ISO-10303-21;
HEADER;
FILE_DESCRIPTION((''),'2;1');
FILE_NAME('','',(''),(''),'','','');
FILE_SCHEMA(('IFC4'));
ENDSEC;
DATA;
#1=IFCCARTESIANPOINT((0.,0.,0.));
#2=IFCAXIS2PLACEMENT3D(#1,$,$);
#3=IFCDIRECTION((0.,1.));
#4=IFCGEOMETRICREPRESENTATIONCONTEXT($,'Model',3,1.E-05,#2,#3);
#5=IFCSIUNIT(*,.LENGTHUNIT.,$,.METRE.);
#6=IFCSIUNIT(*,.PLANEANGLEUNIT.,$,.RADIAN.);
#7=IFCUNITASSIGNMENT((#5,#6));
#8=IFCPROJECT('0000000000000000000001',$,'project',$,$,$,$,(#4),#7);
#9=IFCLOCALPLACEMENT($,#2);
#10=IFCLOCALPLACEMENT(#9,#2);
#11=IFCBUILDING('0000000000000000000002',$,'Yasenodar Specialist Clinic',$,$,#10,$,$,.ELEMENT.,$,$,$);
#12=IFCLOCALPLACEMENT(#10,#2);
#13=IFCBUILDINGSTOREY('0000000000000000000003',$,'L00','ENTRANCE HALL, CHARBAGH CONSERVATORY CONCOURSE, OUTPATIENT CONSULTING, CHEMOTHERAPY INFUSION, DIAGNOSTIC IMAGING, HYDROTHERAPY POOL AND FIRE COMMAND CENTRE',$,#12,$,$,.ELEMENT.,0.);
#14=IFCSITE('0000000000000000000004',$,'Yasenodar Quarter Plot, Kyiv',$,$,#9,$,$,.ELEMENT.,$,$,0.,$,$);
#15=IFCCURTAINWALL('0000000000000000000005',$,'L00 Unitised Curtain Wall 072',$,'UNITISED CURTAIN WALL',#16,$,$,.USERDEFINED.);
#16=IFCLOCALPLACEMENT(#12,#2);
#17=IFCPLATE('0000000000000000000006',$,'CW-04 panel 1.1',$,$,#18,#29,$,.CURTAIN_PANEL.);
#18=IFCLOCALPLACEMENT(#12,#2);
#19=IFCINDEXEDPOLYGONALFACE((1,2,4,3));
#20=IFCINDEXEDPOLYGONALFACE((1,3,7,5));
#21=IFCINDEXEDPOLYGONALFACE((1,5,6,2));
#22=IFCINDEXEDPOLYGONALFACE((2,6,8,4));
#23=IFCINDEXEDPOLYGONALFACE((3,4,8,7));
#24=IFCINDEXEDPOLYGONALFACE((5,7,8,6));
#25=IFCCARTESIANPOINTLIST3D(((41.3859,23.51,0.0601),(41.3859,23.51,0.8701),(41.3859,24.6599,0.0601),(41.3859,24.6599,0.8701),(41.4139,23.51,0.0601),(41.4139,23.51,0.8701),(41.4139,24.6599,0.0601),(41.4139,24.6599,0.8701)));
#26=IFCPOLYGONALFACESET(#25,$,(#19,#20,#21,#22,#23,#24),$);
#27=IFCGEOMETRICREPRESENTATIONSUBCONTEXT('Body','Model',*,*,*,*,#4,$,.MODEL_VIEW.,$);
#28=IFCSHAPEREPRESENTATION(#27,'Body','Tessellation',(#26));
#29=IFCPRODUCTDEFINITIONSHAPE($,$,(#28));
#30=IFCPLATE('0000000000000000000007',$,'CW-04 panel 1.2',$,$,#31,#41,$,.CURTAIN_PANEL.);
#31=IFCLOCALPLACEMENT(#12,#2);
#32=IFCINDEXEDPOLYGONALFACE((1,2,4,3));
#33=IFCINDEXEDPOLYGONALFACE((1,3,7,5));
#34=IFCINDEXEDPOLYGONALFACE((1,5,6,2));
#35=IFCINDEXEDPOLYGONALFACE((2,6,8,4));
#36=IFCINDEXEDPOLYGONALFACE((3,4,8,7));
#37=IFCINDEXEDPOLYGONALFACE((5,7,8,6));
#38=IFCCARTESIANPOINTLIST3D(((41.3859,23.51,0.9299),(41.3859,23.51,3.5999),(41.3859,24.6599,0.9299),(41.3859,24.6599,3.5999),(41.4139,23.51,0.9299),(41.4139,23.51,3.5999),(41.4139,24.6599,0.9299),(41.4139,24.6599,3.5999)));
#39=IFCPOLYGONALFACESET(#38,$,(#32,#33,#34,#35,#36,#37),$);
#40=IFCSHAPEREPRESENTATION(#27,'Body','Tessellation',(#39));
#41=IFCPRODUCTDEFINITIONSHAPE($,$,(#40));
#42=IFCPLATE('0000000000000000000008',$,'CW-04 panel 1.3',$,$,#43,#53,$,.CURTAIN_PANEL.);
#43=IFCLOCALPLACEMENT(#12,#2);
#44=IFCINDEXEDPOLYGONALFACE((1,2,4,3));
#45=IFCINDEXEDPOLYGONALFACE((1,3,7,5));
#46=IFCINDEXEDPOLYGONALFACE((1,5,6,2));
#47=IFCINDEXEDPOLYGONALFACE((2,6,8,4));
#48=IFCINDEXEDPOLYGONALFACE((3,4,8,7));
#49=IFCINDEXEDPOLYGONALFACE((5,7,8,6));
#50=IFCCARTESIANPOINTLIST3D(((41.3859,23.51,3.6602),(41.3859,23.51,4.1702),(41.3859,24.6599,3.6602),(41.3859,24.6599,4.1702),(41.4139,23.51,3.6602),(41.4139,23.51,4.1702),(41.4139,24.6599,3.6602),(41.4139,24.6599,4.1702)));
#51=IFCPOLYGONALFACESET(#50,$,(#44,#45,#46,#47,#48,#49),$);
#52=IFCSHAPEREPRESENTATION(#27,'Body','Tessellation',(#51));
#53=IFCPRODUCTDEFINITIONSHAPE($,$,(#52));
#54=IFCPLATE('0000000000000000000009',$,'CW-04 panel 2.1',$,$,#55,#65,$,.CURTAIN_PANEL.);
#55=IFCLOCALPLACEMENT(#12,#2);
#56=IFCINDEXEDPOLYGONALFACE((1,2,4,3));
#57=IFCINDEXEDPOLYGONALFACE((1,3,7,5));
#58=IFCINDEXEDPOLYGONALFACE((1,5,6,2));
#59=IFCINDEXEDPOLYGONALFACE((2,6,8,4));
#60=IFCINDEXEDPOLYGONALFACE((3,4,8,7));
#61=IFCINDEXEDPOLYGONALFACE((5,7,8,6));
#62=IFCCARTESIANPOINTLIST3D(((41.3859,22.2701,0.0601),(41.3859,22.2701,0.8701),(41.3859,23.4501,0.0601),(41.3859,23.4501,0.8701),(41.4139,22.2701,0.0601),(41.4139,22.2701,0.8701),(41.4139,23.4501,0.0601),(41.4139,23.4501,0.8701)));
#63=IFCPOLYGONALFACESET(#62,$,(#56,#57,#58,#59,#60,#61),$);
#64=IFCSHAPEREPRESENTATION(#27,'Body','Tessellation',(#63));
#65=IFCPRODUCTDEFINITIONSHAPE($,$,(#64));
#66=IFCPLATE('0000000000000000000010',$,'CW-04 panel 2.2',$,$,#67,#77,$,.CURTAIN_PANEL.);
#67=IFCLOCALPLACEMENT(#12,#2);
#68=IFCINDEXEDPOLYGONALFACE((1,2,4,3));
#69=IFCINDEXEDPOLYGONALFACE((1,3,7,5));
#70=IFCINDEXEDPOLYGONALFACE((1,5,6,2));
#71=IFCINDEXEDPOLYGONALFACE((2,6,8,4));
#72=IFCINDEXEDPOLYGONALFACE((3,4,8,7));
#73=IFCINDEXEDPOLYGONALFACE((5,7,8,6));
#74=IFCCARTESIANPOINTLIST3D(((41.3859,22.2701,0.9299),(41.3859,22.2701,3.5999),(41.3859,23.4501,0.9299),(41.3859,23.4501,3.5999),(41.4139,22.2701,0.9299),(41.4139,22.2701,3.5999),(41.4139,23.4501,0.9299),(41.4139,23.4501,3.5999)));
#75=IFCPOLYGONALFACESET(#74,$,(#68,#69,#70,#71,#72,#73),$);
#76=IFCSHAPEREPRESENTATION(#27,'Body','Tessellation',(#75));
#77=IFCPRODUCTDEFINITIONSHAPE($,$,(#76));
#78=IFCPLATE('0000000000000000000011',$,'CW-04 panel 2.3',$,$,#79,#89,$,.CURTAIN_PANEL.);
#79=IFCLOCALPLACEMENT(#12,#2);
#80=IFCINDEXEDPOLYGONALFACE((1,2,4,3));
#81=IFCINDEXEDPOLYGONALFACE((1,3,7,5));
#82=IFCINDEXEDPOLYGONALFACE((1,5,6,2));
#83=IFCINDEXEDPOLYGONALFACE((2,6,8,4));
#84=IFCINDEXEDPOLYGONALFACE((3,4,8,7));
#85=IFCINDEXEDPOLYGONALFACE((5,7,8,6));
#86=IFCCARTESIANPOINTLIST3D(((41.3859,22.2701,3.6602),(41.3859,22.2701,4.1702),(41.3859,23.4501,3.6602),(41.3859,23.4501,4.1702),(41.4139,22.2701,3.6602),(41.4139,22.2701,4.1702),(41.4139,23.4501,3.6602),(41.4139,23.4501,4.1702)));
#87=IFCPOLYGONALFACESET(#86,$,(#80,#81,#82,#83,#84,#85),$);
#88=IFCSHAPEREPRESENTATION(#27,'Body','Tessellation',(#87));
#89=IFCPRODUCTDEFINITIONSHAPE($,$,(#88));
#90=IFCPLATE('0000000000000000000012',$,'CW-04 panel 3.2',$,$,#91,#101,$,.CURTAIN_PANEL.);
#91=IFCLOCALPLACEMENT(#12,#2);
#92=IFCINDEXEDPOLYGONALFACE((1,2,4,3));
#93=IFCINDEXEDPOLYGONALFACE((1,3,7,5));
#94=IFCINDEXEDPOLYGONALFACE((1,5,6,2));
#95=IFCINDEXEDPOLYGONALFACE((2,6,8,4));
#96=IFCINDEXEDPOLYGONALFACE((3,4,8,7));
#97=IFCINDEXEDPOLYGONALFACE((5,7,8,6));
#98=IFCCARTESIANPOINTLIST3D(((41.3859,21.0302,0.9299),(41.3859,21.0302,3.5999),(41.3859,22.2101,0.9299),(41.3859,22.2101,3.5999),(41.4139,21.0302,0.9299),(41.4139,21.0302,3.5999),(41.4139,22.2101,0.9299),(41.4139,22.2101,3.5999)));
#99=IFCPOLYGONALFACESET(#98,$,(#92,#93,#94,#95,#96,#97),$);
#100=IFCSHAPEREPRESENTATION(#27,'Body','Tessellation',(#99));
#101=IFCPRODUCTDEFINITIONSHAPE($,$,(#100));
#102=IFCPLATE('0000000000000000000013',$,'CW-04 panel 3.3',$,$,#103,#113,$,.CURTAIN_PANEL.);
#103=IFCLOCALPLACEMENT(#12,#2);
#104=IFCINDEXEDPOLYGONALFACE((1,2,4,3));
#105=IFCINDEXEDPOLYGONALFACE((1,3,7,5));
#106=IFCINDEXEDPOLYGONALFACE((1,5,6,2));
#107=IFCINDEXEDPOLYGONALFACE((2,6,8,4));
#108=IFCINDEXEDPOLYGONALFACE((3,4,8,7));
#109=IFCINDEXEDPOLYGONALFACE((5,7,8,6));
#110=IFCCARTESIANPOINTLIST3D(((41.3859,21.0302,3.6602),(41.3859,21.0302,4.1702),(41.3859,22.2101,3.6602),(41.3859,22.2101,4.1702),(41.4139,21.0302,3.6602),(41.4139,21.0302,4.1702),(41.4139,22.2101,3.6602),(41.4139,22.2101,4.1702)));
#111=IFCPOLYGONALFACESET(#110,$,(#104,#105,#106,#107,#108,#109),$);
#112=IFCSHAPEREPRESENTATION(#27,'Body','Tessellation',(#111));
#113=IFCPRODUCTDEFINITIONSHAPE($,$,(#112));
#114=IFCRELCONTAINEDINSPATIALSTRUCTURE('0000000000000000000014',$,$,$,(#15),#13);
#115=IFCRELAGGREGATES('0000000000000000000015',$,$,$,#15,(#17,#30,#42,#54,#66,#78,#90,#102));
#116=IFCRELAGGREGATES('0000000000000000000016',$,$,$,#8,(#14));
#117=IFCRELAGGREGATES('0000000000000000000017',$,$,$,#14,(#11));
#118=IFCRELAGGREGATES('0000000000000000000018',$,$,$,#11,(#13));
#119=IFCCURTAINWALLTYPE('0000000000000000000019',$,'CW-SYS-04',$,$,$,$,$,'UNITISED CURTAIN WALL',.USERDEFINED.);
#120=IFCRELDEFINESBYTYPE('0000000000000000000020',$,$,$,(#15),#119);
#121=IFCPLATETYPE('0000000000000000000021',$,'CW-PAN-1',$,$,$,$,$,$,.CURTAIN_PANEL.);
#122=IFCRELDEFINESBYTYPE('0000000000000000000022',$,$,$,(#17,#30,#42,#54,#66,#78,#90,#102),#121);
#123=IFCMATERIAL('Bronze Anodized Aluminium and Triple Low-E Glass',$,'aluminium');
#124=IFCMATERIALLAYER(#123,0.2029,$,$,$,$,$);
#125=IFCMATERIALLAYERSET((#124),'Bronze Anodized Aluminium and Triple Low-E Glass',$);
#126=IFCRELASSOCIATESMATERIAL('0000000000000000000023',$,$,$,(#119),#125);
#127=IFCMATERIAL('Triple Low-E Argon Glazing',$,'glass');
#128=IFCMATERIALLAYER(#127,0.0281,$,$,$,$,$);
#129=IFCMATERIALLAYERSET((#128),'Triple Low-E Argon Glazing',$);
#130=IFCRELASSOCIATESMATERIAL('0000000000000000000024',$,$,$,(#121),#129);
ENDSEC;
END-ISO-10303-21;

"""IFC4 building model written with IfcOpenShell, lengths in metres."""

from ifc_helpers import new_model, si_unit, direction, frame, origin, origin_2d, place, context, subcontext, project, spatial, rectangle, extrude, material, layer, layer_set, type_object, element, aggregate, save


model = new_model("IFC4")

# Units and contexts
model_context = context("Model", 3, precision=1e-05, world=origin(), true_north=direction((0.0, 1.0)))
body_context = subcontext(model_context, "Body", "Model", "MODEL_VIEW")
ifc_project = project(units=[si_unit("LENGTHUNIT", "METRE"), si_unit("PLANEANGLEUNIT", "RADIAN")], contexts=[model_context])

# Site, building, storey
site_placement = place(None, origin())
site = spatial("IfcSite", under=ifc_project, at=site_placement, Name="Yasenodar Quarter Plot, Kyiv", CompositionType="ELEMENT", RefElevation=0.0)
building_placement = place(site_placement, origin())
building = spatial("IfcBuilding", under=site, at=building_placement, Name="Yasenodar Specialist Clinic", CompositionType="ELEMENT")
storey_placement = place(building_placement, origin())
storey = spatial("IfcBuildingStorey", under=building, at=storey_placement, Name="L00", Description="ENTRANCE HALL, CHARBAGH CONSERVATORY CONCOURSE, OUTPATIENT CONSULTING, CHEMOTHERAPY INFUSION, DIAGNOSTIC IMAGING, HYDROTHERAPY POOL AND FIRE COMMAND CENTRE", CompositionType="ELEMENT", Elevation=0.0)

# Curtain wall, plates
ifc_material_1 = material(Name="Bronze Anodized Aluminium and Triple Low-E Glass", Category="aluminium")
ifc_layer_1 = layer(ifc_material_1, 0.2029)
ifc_layer_set_1 = layer_set([ifc_layer_1], Name="Bronze Anodized Aluminium and Triple Low-E Glass")
curtain_wall_type = type_object("IfcCurtainWallType", Name="CW-SYS-04", ElementType="UNITISED CURTAIN WALL", PredefinedType="USERDEFINED", material=ifc_layer_set_1)
curtain_wall_placement = place(storey_placement, origin())
curtain_wall = element("IfcCurtainWall", 1, at=curtain_wall_placement, inside=storey, type_object=curtain_wall_type, Name="L00 Unitised Curtain Wall 072", ObjectType="UNITISED CURTAIN WALL", PredefinedType="USERDEFINED")
ifc_material_2 = material(Name="Triple Low-E Argon Glazing", Category="glass")
ifc_layer_2 = layer(ifc_material_2, 0.0281)
ifc_layer_set_2 = layer_set([ifc_layer_2], Name="Triple Low-E Argon Glazing")
plate_type = type_object("IfcPlateType", Name="CW-PAN-1", PredefinedType="CURTAIN_PANEL", material=ifc_layer_set_2)
plate_1_placement = place(storey_placement, frame((41.3999, 24.085, 0.0601), z_axis=(0.0, 0.0, 1.0), x_axis=(0.0, -1.0, 0.0)))
plate_1 = element("IfcPlate", 2, at=plate_1_placement, type_object=plate_type, Name="CW-04 panel 1.1", PredefinedType="CURTAIN_PANEL", context=body_context, shape_type="SweptSolid", body=[
    extrude(rectangle(XDim=1.1499, YDim=0.0281, at=origin_2d()), origin(), (0.0, 0.0, 1.0), 0.8101),
])
plate_2_placement = place(storey_placement, frame((41.3999, 24.085, 0.9299), z_axis=(0.0, 0.0, 1.0), x_axis=(0.0, -1.0, 0.0)))
plate_2 = element("IfcPlate", 3, at=plate_2_placement, type_object=plate_type, Name="CW-04 panel 1.2", PredefinedType="CURTAIN_PANEL", context=body_context, shape_type="SweptSolid", body=[
    extrude(rectangle(XDim=1.1499, YDim=0.0281, at=origin_2d()), origin(), (0.0, 0.0, 1.0), 2.6699),
])
plate_3_placement = place(storey_placement, frame((41.3999, 24.085, 3.6602), z_axis=(0.0, 0.0, 1.0), x_axis=(0.0, -1.0, 0.0)))
plate_3 = element("IfcPlate", 4, at=plate_3_placement, type_object=plate_type, Name="CW-04 panel 1.3", PredefinedType="CURTAIN_PANEL", context=body_context, shape_type="SweptSolid", body=[
    extrude(rectangle(XDim=1.1499, YDim=0.0281, at=origin_2d()), origin(), (0.0, 0.0, 1.0), 0.51),
])
plate_4_placement = place(storey_placement, frame((41.3999, 22.8601, 0.0601), z_axis=(0.0, 0.0, 1.0), x_axis=(0.0, -1.0, 0.0)))
plate_4 = element("IfcPlate", 5, at=plate_4_placement, type_object=plate_type, Name="CW-04 panel 2.1", PredefinedType="CURTAIN_PANEL", context=body_context, shape_type="SweptSolid", body=[
    extrude(rectangle(XDim=1.1799, YDim=0.0281, at=origin_2d()), origin(), (0.0, 0.0, 1.0), 0.8101),
])
plate_5_placement = place(storey_placement, frame((41.3999, 22.8601, 0.9299), z_axis=(0.0, 0.0, 1.0), x_axis=(0.0, -1.0, 0.0)))
plate_5 = element("IfcPlate", 6, at=plate_5_placement, type_object=plate_type, Name="CW-04 panel 2.2", PredefinedType="CURTAIN_PANEL", context=body_context, shape_type="SweptSolid", body=[
    extrude(rectangle(XDim=1.1799, YDim=0.0281, at=origin_2d()), origin(), (0.0, 0.0, 1.0), 2.6699),
])
plate_6_placement = place(storey_placement, frame((41.3999, 22.8601, 3.6602), z_axis=(0.0, 0.0, 1.0), x_axis=(0.0, -1.0, 0.0)))
plate_6 = element("IfcPlate", 7, at=plate_6_placement, type_object=plate_type, Name="CW-04 panel 2.3", PredefinedType="CURTAIN_PANEL", context=body_context, shape_type="SweptSolid", body=[
    extrude(rectangle(XDim=1.1799, YDim=0.0281, at=origin_2d()), origin(), (0.0, 0.0, 1.0), 0.51),
])
plate_7_placement = place(storey_placement, frame((41.3999, 21.6201, 0.9299), z_axis=(0.0, 0.0, 1.0), x_axis=(0.0, -1.0, 0.0)))
plate_7 = element("IfcPlate", 8, at=plate_7_placement, type_object=plate_type, Name="CW-04 panel 3.2", PredefinedType="CURTAIN_PANEL", context=body_context, shape_type="SweptSolid", body=[
    extrude(rectangle(XDim=1.1799, YDim=0.0281, at=origin_2d()), origin(), (0.0, 0.0, 1.0), 2.6699),
])
plate_8_placement = place(storey_placement, frame((41.3999, 21.6201, 3.6602), z_axis=(0.0, 0.0, 1.0), x_axis=(0.0, -1.0, 0.0)))
plate_8 = element("IfcPlate", 9, at=plate_8_placement, type_object=plate_type, Name="CW-04 panel 3.3", PredefinedType="CURTAIN_PANEL", context=body_context, shape_type="SweptSolid", body=[
    extrude(rectangle(XDim=1.1799, YDim=0.0281, at=origin_2d()), origin(), (0.0, 0.0, 1.0), 0.51),
])
aggregate(curtain_wall, [plate_1, plate_2, plate_3, plate_4, plate_5, plate_6, plate_7, plate_8])

save(model, "model.ifc")
